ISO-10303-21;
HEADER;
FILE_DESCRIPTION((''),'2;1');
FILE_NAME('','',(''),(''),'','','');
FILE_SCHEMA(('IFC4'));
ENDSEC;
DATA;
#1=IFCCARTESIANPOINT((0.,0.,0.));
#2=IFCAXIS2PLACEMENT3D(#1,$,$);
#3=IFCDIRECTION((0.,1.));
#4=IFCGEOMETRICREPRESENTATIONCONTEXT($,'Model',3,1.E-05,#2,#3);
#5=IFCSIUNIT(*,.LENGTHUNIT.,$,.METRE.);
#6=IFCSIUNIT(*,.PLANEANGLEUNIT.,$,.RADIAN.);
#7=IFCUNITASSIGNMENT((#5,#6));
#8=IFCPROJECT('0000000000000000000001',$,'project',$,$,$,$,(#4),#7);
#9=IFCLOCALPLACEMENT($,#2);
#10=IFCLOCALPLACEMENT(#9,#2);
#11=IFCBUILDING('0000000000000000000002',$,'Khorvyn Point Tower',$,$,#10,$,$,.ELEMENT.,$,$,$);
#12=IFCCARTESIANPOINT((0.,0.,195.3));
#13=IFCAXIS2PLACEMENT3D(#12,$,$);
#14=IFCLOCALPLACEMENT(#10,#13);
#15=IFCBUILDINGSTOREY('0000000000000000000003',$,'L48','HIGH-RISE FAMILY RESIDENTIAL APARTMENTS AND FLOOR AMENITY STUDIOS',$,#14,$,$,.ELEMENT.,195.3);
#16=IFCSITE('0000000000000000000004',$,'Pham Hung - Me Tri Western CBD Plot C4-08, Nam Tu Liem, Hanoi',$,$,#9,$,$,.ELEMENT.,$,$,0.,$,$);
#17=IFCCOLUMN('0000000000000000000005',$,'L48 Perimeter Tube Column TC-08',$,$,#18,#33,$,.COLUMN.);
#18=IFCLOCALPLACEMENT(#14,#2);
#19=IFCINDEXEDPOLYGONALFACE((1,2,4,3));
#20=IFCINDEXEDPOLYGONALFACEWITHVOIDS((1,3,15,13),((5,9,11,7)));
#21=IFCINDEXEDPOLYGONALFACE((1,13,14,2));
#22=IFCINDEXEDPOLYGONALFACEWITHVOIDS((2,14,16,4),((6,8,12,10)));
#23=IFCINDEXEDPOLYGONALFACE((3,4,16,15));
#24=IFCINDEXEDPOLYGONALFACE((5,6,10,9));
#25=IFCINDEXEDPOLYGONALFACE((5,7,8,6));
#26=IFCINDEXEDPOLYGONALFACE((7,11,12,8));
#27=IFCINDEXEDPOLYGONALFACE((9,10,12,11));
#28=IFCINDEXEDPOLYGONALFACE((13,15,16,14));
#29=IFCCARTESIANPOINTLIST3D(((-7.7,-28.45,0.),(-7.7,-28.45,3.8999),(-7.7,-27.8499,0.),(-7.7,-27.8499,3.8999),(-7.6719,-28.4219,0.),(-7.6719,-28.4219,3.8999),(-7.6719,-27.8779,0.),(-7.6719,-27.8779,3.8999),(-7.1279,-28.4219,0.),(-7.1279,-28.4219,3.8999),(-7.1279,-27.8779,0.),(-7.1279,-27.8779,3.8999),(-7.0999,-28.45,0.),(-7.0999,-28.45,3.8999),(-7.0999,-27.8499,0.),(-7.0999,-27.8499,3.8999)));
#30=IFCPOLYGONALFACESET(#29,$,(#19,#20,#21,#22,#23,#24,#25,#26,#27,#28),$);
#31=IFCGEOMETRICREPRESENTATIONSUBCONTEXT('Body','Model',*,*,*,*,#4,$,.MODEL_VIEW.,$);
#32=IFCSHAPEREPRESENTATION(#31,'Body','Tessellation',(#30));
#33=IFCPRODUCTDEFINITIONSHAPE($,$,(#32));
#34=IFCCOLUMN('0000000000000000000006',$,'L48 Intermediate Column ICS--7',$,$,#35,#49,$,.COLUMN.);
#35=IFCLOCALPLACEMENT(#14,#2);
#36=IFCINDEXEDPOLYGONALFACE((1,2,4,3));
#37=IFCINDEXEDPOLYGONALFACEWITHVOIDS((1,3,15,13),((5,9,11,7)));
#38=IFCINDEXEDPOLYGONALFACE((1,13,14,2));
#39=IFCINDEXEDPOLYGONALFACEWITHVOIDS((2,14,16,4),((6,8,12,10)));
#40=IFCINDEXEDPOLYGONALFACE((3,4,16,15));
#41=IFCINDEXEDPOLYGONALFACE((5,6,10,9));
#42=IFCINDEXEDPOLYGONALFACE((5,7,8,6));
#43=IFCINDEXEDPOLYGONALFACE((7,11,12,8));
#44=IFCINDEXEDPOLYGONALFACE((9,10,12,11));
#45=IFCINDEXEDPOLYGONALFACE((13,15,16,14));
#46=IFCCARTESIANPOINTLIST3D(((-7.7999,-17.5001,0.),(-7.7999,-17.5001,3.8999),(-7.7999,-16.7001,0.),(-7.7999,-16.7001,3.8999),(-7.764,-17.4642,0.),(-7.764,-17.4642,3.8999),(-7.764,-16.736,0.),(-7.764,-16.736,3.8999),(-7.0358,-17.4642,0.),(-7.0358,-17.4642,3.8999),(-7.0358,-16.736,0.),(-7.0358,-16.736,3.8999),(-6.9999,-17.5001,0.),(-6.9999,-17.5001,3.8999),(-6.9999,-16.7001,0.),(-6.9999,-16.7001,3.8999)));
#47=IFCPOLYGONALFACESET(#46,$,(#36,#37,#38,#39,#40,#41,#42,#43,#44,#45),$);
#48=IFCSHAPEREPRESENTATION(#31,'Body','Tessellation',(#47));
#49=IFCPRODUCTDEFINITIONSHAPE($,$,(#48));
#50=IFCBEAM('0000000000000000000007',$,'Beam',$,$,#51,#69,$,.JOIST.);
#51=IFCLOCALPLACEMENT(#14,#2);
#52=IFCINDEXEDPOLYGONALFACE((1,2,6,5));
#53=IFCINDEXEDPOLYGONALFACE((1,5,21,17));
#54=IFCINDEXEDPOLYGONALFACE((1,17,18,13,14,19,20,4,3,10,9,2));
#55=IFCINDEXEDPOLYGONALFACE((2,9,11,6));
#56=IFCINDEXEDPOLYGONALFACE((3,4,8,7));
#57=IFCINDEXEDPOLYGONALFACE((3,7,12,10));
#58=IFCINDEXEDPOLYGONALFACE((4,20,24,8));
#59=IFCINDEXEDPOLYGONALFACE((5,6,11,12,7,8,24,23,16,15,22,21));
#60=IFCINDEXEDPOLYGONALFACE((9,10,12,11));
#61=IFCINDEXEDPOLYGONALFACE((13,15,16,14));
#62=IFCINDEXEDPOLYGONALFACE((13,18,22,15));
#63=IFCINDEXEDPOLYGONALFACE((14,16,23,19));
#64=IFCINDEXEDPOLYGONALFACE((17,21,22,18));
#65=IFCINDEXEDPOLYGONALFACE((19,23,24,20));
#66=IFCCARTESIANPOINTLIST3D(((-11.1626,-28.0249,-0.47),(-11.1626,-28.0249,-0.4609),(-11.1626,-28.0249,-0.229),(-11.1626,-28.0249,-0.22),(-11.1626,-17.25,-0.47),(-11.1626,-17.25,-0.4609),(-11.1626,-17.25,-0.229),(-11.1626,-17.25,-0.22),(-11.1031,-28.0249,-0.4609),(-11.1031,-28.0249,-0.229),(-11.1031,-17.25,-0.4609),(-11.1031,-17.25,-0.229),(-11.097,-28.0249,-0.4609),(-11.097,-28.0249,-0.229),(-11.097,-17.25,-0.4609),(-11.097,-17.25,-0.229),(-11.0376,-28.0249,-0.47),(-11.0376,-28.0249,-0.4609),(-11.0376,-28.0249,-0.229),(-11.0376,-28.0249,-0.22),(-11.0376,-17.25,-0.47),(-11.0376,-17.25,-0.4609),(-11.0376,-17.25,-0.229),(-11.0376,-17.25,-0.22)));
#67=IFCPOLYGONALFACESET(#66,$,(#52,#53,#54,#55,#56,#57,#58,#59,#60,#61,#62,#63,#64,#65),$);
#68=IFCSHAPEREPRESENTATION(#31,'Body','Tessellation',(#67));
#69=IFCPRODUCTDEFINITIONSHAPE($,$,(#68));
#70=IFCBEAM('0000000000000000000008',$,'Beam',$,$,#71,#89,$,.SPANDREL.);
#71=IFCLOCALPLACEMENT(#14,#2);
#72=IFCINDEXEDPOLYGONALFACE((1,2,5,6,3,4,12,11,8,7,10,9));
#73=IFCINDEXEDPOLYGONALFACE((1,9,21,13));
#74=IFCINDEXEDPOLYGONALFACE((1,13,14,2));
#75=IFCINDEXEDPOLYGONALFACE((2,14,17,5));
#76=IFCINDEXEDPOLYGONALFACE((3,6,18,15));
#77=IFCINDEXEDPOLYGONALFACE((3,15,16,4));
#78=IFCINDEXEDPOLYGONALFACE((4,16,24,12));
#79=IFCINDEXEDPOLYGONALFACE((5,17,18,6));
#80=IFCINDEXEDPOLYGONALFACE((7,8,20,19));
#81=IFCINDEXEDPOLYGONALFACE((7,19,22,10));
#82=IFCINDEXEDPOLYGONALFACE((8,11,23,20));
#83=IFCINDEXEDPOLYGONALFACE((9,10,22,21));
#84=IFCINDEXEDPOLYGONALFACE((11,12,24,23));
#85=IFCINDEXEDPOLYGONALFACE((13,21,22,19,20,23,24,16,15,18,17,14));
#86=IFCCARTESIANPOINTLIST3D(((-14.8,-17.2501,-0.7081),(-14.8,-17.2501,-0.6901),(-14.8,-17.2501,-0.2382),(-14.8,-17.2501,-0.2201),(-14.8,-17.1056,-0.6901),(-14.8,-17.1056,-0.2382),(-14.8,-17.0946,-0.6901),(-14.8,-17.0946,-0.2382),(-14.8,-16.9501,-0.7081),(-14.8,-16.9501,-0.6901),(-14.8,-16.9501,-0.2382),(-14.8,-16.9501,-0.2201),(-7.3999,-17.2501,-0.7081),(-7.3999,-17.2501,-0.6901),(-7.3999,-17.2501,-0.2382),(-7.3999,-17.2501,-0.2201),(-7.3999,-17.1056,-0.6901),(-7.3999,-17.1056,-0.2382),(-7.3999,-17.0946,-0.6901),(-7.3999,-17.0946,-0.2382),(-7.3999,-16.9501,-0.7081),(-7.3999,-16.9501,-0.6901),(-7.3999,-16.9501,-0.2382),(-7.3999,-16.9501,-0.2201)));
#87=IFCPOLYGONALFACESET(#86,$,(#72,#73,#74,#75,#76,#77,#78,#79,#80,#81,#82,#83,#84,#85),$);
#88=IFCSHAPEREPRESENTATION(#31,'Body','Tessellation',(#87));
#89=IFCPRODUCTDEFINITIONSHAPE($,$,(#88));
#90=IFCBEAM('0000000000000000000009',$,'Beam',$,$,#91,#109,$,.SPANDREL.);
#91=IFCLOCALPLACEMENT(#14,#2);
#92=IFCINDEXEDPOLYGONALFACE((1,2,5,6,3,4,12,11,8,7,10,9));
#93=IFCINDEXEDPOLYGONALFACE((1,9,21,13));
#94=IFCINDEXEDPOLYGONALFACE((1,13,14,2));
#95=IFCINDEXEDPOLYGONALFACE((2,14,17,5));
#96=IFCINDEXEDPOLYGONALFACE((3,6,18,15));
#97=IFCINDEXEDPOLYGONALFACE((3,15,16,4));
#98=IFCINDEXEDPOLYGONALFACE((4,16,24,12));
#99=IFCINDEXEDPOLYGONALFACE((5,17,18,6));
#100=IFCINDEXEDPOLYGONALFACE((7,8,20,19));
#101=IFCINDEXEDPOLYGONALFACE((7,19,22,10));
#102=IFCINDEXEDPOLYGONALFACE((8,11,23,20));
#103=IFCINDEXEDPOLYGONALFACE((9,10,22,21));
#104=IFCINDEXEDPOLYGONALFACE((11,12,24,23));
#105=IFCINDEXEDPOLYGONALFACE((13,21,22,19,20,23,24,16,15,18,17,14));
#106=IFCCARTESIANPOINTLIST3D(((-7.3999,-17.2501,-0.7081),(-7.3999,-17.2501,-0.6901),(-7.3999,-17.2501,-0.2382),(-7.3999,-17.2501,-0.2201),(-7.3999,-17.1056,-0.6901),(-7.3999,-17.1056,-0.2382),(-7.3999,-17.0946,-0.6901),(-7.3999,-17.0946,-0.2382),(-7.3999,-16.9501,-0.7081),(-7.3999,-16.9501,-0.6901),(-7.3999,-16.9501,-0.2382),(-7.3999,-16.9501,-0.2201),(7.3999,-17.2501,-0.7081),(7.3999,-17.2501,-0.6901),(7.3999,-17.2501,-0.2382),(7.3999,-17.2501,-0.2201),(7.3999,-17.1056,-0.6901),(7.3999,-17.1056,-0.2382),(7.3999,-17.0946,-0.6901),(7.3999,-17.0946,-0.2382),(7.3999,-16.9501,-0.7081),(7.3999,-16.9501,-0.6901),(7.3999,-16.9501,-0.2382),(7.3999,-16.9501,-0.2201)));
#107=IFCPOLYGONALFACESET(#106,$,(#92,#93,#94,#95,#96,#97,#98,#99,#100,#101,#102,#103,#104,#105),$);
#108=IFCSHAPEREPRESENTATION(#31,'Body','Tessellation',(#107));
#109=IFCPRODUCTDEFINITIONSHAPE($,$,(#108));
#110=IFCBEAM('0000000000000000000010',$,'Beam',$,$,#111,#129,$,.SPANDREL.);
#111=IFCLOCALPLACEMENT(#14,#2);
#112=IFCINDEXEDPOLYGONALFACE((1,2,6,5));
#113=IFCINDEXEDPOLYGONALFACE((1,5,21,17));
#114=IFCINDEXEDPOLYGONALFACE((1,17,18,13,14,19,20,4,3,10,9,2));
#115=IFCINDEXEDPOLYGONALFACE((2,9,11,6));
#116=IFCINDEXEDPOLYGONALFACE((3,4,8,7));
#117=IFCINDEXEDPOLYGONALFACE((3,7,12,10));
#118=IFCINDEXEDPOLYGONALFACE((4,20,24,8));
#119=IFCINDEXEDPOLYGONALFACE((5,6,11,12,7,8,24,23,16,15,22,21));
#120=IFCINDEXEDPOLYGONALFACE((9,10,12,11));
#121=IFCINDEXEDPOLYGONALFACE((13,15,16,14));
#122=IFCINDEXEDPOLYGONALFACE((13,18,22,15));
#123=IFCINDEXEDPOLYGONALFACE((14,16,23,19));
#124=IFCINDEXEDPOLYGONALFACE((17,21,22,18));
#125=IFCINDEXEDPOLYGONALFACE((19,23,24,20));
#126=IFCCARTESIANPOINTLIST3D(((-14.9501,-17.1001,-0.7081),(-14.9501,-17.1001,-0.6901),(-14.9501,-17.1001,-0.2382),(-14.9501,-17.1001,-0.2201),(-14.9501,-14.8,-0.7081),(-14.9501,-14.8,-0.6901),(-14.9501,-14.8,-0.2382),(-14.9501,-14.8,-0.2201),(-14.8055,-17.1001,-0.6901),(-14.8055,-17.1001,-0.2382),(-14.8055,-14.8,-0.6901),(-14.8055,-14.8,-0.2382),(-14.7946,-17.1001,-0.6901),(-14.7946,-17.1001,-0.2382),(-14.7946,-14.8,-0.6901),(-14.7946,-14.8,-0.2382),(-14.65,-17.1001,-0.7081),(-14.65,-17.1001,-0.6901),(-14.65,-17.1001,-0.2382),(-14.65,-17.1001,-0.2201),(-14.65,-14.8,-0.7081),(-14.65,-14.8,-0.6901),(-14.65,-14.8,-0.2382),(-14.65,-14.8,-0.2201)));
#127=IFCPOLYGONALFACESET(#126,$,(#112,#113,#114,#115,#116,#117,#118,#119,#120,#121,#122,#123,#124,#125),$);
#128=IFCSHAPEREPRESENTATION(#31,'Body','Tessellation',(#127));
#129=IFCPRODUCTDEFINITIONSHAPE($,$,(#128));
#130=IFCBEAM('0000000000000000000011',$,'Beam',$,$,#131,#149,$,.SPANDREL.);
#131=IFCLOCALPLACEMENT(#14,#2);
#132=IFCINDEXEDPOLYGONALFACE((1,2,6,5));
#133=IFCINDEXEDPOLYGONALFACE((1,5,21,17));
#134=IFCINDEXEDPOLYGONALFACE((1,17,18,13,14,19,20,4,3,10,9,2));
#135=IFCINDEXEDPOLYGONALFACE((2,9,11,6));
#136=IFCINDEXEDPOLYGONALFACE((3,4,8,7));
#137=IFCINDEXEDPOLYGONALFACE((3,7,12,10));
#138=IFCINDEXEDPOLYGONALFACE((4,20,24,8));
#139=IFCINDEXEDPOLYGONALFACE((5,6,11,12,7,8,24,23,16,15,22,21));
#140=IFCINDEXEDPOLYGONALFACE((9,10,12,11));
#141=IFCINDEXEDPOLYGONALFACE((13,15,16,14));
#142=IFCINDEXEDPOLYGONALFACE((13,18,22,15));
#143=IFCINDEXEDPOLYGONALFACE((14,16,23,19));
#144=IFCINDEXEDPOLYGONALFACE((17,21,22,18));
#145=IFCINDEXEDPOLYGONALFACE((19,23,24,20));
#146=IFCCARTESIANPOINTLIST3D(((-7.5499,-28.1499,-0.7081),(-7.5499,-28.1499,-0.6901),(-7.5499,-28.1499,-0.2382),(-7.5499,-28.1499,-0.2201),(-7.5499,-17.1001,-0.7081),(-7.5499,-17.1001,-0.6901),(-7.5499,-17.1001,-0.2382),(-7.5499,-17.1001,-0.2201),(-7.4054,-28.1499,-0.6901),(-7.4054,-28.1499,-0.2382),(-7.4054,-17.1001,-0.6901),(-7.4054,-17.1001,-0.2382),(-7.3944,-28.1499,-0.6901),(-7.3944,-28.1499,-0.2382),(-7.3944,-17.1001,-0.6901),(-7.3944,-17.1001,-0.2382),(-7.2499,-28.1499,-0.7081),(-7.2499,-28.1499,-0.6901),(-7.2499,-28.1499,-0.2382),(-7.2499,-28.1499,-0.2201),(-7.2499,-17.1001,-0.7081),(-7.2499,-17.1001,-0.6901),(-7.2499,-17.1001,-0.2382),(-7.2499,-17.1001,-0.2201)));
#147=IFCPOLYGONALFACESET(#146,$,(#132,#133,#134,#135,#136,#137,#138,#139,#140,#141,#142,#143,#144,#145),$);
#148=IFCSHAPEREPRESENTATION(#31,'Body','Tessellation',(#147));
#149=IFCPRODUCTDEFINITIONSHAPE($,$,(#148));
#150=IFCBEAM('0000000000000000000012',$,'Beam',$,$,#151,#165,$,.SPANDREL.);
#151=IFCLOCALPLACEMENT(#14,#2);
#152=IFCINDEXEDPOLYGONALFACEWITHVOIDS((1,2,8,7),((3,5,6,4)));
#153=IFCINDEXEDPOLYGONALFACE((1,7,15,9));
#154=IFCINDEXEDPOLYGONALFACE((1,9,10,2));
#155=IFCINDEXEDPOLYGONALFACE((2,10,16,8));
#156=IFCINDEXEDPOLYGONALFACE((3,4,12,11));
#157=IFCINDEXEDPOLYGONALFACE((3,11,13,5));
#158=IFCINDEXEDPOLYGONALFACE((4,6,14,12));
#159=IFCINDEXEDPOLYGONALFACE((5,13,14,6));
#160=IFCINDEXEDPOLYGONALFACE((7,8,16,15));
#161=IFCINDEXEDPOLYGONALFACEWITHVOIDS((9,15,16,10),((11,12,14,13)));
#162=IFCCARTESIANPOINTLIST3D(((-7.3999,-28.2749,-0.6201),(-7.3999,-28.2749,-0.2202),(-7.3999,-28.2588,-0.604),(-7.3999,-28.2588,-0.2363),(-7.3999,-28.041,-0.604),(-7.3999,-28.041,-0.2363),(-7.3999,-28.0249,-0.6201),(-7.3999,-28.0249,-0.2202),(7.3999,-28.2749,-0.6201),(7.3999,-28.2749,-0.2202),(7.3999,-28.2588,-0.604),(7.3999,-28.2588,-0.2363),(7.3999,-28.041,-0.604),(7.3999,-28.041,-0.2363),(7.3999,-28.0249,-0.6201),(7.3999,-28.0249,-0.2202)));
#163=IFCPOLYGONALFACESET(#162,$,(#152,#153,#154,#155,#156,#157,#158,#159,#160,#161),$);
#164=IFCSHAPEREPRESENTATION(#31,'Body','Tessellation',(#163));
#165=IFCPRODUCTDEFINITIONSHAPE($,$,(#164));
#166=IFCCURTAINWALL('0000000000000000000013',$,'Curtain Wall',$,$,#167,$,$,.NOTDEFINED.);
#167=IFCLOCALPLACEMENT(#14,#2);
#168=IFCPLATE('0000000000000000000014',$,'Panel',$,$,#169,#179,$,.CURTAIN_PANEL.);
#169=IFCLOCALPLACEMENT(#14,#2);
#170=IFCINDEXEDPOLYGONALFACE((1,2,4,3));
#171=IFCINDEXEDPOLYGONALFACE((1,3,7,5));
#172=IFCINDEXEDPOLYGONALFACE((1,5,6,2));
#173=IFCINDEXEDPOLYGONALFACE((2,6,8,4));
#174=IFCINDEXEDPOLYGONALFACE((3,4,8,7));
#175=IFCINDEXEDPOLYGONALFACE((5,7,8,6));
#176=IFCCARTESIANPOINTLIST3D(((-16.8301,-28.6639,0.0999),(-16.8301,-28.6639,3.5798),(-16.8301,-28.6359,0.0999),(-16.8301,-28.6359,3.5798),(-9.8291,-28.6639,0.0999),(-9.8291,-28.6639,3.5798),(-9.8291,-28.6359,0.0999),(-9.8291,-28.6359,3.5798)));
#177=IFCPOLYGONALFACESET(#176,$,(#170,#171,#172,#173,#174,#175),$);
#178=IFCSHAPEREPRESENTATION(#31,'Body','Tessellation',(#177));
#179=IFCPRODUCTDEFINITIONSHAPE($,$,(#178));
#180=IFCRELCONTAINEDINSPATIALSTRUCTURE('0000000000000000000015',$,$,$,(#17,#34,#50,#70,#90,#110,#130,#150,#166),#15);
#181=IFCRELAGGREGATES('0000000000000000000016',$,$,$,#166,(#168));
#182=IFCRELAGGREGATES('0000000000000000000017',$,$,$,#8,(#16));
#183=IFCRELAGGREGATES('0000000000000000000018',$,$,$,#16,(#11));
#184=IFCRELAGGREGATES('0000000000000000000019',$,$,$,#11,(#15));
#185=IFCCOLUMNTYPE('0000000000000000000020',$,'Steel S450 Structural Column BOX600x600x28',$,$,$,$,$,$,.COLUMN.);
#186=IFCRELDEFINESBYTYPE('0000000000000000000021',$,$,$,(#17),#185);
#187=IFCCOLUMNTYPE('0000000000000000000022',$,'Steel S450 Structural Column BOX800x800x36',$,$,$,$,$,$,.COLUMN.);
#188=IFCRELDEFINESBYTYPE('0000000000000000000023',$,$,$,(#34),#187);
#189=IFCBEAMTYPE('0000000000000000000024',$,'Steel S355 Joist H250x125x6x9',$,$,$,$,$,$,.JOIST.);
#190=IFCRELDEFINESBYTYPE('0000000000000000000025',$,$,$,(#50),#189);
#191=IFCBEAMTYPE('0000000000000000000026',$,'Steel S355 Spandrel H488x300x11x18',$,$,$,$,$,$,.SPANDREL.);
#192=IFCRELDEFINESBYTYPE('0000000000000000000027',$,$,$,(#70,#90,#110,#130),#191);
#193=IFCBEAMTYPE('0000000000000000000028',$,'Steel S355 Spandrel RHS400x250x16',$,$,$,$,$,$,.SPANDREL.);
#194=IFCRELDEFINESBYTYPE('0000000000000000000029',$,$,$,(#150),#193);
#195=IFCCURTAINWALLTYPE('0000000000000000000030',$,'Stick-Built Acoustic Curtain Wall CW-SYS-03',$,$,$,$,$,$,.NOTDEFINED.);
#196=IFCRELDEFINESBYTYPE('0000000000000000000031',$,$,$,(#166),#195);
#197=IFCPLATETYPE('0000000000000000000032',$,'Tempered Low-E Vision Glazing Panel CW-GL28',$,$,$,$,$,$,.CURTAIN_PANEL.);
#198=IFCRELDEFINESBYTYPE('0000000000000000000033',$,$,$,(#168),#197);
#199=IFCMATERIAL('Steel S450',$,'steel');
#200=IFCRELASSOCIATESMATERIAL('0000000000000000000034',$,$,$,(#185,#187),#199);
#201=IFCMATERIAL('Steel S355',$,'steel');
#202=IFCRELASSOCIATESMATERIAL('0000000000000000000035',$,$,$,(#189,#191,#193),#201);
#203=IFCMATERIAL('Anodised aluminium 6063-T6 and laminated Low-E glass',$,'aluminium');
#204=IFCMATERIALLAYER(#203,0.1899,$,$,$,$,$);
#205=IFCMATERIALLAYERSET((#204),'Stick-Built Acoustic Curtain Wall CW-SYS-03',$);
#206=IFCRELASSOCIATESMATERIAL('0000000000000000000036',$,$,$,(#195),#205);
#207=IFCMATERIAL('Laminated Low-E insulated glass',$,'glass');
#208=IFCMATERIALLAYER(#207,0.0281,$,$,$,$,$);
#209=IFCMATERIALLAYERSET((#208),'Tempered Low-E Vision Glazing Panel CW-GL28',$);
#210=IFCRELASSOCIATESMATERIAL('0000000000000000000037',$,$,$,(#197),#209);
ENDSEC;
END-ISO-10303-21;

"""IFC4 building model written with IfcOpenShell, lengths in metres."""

from ifc_helpers import new_model, si_unit, direction, frame, origin, origin_2d, place, context, subcontext, project, spatial, rectangle, hollow_rectangle, i_section, extrude, material, layer, layer_set, material_profile, profile_set, type_object, element, aggregate, save


model = new_model("IFC4")

# Units and contexts
model_context = context("Model", 3, precision=1e-05, world=origin(), true_north=direction((0.0, 1.0)))
body_context = subcontext(model_context, "Body", "Model", "MODEL_VIEW")
ifc_project = project(units=[si_unit("LENGTHUNIT", "METRE"), si_unit("PLANEANGLEUNIT", "RADIAN")], contexts=[model_context])

# Site, building, storey
site_placement = place(None, origin())
site = spatial("IfcSite", under=ifc_project, at=site_placement, Name="Pham Hung - Me Tri Western CBD Plot C4-08, Nam Tu Liem, Hanoi", CompositionType="ELEMENT", RefElevation=0.0)
building_placement = place(site_placement, origin())
building = spatial("IfcBuilding", under=site, at=building_placement, Name="Khorvyn Point Tower", CompositionType="ELEMENT")
storey_placement = place(building_placement, frame((0.0, 0.0, 195.3)))
storey = spatial("IfcBuildingStorey", under=building, at=storey_placement, Name="L48", Description="HIGH-RISE FAMILY RESIDENTIAL APARTMENTS AND FLOOR AMENITY STUDIOS", CompositionType="ELEMENT", Elevation=195.3)

# Columns
ifc_material_1 = material(Name="Steel S450", Category="steel")
ifc_material_profile_1 = material_profile(ifc_material_1, hollow_rectangle(XDim=0.6001, YDim=0.6001, WallThickness=0.0281, at=origin_2d()))
ifc_profile_set_1 = profile_set([ifc_material_profile_1], Name="Steel S450 BOX600x600x28")
column_type_1 = type_object("IfcColumnType", Name="Steel S450 Structural Column BOX600x600x28", PredefinedType="COLUMN", material=ifc_profile_set_1)
column_1_placement = place(storey_placement, frame((-7.3999, -28.1499, 0.0), z_axis=(0.0, 0.0, 1.0), x_axis=(1.0, 0.0, 0.0)))
element("IfcColumn", 1, at=column_1_placement, inside=storey, type_object=column_type_1, Name="L48 Perimeter Tube Column TC-08", PredefinedType="COLUMN", context=body_context, shape_type="SweptSolid", body=[
    extrude(hollow_rectangle(XDim=0.6001, YDim=0.6001, WallThickness=0.0281, at=origin_2d()), origin(), (0.0, 0.0, 1.0), 3.8999),
])
ifc_material_profile_2 = material_profile(ifc_material_1, hollow_rectangle(XDim=0.8, YDim=0.8, WallThickness=0.0359, at=origin_2d()))
ifc_profile_set_2 = profile_set([ifc_material_profile_2], Name="Steel S450 BOX800x800x36")
column_type_2 = type_object("IfcColumnType", Name="Steel S450 Structural Column BOX800x800x36", PredefinedType="COLUMN", material=ifc_profile_set_2)
column_2_placement = place(storey_placement, frame((-7.3999, -17.1001, 0.0), z_axis=(0.0, 0.0, 1.0), x_axis=(1.0, 0.0, 0.0)))
element("IfcColumn", 2, at=column_2_placement, inside=storey, type_object=column_type_2, Name="L48 Intermediate Column ICS--7", PredefinedType="COLUMN", context=body_context, shape_type="SweptSolid", body=[
    extrude(hollow_rectangle(XDim=0.8, YDim=0.8, WallThickness=0.0359, at=origin_2d()), origin(), (0.0, 0.0, 1.0), 3.8999),
])

# Beams
ifc_material_2 = material(Name="Steel S355", Category="steel")
ifc_material_profile_3 = material_profile(ifc_material_2, i_section(OverallWidth=0.125, OverallDepth=0.25, WebThickness=0.0061, FlangeThickness=0.009, at=origin_2d()))
ifc_profile_set_3 = profile_set([ifc_material_profile_3], Name="Steel S355 H250x125x6x9")
beam_type_1 = type_object("IfcBeamType", Name="Steel S355 Joist H250x125x6x9", PredefinedType="JOIST", material=ifc_profile_set_3)
beam_1_placement = place(storey_placement, frame((-11.1001, -28.0249, -0.345), z_axis=(0.0, 1.0, 0.0), x_axis=(-1.0, 0.0, 0.0)))
element("IfcBeam", 3, at=beam_1_placement, inside=storey, type_object=beam_type_1, Name="Beam", PredefinedType="JOIST", context=body_context, shape_type="SweptSolid", body=[
    extrude(i_section(OverallWidth=0.125, OverallDepth=0.25, WebThickness=0.0061, FlangeThickness=0.009, at=origin_2d()), origin(), (0.0, 0.0, 1.0), 10.7749),
])
ifc_material_profile_4 = material_profile(ifc_material_2, i_section(OverallWidth=0.3, OverallDepth=0.488, WebThickness=0.011, FlangeThickness=0.0181, at=origin_2d()))
ifc_profile_set_4 = profile_set([ifc_material_profile_4], Name="Steel S355 H488x300x11x18")
beam_type_2 = type_object("IfcBeamType", Name="Steel S355 Spandrel H488x300x11x18", PredefinedType="SPANDREL", material=ifc_profile_set_4)
beam_2_placement = place(storey_placement, frame((-14.8, -17.1001, -0.4641), z_axis=(1.0, 0.0, 0.0), x_axis=(0.0, 1.0, 0.0)))
element("IfcBeam", 4, at=beam_2_placement, inside=storey, type_object=beam_type_2, Name="Beam", PredefinedType="SPANDREL", context=body_context, shape_type="SweptSolid", body=[
    extrude(i_section(OverallWidth=0.3, OverallDepth=0.488, WebThickness=0.011, FlangeThickness=0.0181, at=origin_2d()), origin(), (0.0, 0.0, 1.0), 7.4001),
])
beam_3_placement = place(storey_placement, frame((-7.3999, -17.1001, -0.4641), z_axis=(1.0, 0.0, 0.0), x_axis=(0.0, 1.0, 0.0)))
element("IfcBeam", 5, at=beam_3_placement, inside=storey, type_object=beam_type_2, Name="Beam", PredefinedType="SPANDREL", context=body_context, shape_type="SweptSolid", body=[
    extrude(i_section(OverallWidth=0.3, OverallDepth=0.488, WebThickness=0.011, FlangeThickness=0.0181, at=origin_2d()), origin(), (0.0, 0.0, 1.0), 14.7998),
])
beam_4_placement = place(storey_placement, frame((-14.8, -17.1001, -0.4641), z_axis=(0.0, 1.0, 0.0), x_axis=(-1.0, 0.0, 0.0)))
element("IfcBeam", 6, at=beam_4_placement, inside=storey, type_object=beam_type_2, Name="Beam", PredefinedType="SPANDREL", context=body_context, shape_type="SweptSolid", body=[
    extrude(i_section(OverallWidth=0.3, OverallDepth=0.488, WebThickness=0.011, FlangeThickness=0.0181, at=origin_2d()), origin(), (0.0, 0.0, 1.0), 2.3),
])
beam_5_placement = place(storey_placement, frame((-7.3999, -28.1499, -0.4641), z_axis=(0.0, 1.0, 0.0), x_axis=(-1.0, 0.0, 0.0)))
element("IfcBeam", 7, at=beam_5_placement, inside=storey, type_object=beam_type_2, Name="Beam", PredefinedType="SPANDREL", context=body_context, shape_type="SweptSolid", body=[
    extrude(i_section(OverallWidth=0.3, OverallDepth=0.488, WebThickness=0.011, FlangeThickness=0.0181, at=origin_2d()), origin(), (0.0, 0.0, 1.0), 11.0498),
])
ifc_material_profile_5 = material_profile(ifc_material_2, hollow_rectangle(XDim=0.25, YDim=0.3999, WallThickness=0.0161, at=origin_2d()))
ifc_profile_set_5 = profile_set([ifc_material_profile_5], Name="Steel S355 RHS400x250x16")
beam_type_3 = type_object("IfcBeamType", Name="Steel S355 Spandrel RHS400x250x16", PredefinedType="SPANDREL", material=ifc_profile_set_5)
beam_6_placement = place(storey_placement, frame((-7.3999, -28.1499, -0.4202), z_axis=(1.0, 0.0, 0.0), x_axis=(0.0, 1.0, 0.0)))
element("IfcBeam", 8, at=beam_6_placement, inside=storey, type_object=beam_type_3, Name="Beam", PredefinedType="SPANDREL", context=body_context, shape_type="SweptSolid", body=[
    extrude(hollow_rectangle(XDim=0.25, YDim=0.3999, WallThickness=0.0161, at=origin_2d()), origin(), (0.0, 0.0, 1.0), 14.7998),
])

# Curtain wall, plate
ifc_material_3 = material(Name="Anodised aluminium 6063-T6 and laminated Low-E glass", Category="aluminium")
ifc_layer_1 = layer(ifc_material_3, 0.1899)
ifc_layer_set_1 = layer_set([ifc_layer_1], Name="Stick-Built Acoustic Curtain Wall CW-SYS-03")
curtain_wall_type = type_object("IfcCurtainWallType", Name="Stick-Built Acoustic Curtain Wall CW-SYS-03", PredefinedType="NOTDEFINED", material=ifc_layer_set_1)
curtain_wall_placement = place(storey_placement, origin())
curtain_wall = element("IfcCurtainWall", 9, at=curtain_wall_placement, inside=storey, type_object=curtain_wall_type, Name="Curtain Wall", PredefinedType="NOTDEFINED")
ifc_material_4 = material(Name="Laminated Low-E insulated glass", Category="glass")
ifc_layer_2 = layer(ifc_material_4, 0.0281)
ifc_layer_set_2 = layer_set([ifc_layer_2], Name="Tempered Low-E Vision Glazing Panel CW-GL28")
plate_type = type_object("IfcPlateType", Name="Tempered Low-E Vision Glazing Panel CW-GL28", PredefinedType="CURTAIN_PANEL", material=ifc_layer_set_2)
plate_1_placement = place(storey_placement, frame((-13.3296, -28.6499, 0.0999), z_axis=(0.0, 0.0, 1.0), x_axis=(-1.0, 0.0, 0.0)))
plate_1 = element("IfcPlate", 10, at=plate_1_placement, type_object=plate_type, Name="Panel", PredefinedType="CURTAIN_PANEL", context=body_context, shape_type="SweptSolid", body=[
    extrude(rectangle(XDim=7.001, YDim=0.0281, at=origin_2d()), origin(), (0.0, 0.0, 1.0), 3.48),
])
aggregate(curtain_wall, [plate_1])

save(model, "model.ifc")
